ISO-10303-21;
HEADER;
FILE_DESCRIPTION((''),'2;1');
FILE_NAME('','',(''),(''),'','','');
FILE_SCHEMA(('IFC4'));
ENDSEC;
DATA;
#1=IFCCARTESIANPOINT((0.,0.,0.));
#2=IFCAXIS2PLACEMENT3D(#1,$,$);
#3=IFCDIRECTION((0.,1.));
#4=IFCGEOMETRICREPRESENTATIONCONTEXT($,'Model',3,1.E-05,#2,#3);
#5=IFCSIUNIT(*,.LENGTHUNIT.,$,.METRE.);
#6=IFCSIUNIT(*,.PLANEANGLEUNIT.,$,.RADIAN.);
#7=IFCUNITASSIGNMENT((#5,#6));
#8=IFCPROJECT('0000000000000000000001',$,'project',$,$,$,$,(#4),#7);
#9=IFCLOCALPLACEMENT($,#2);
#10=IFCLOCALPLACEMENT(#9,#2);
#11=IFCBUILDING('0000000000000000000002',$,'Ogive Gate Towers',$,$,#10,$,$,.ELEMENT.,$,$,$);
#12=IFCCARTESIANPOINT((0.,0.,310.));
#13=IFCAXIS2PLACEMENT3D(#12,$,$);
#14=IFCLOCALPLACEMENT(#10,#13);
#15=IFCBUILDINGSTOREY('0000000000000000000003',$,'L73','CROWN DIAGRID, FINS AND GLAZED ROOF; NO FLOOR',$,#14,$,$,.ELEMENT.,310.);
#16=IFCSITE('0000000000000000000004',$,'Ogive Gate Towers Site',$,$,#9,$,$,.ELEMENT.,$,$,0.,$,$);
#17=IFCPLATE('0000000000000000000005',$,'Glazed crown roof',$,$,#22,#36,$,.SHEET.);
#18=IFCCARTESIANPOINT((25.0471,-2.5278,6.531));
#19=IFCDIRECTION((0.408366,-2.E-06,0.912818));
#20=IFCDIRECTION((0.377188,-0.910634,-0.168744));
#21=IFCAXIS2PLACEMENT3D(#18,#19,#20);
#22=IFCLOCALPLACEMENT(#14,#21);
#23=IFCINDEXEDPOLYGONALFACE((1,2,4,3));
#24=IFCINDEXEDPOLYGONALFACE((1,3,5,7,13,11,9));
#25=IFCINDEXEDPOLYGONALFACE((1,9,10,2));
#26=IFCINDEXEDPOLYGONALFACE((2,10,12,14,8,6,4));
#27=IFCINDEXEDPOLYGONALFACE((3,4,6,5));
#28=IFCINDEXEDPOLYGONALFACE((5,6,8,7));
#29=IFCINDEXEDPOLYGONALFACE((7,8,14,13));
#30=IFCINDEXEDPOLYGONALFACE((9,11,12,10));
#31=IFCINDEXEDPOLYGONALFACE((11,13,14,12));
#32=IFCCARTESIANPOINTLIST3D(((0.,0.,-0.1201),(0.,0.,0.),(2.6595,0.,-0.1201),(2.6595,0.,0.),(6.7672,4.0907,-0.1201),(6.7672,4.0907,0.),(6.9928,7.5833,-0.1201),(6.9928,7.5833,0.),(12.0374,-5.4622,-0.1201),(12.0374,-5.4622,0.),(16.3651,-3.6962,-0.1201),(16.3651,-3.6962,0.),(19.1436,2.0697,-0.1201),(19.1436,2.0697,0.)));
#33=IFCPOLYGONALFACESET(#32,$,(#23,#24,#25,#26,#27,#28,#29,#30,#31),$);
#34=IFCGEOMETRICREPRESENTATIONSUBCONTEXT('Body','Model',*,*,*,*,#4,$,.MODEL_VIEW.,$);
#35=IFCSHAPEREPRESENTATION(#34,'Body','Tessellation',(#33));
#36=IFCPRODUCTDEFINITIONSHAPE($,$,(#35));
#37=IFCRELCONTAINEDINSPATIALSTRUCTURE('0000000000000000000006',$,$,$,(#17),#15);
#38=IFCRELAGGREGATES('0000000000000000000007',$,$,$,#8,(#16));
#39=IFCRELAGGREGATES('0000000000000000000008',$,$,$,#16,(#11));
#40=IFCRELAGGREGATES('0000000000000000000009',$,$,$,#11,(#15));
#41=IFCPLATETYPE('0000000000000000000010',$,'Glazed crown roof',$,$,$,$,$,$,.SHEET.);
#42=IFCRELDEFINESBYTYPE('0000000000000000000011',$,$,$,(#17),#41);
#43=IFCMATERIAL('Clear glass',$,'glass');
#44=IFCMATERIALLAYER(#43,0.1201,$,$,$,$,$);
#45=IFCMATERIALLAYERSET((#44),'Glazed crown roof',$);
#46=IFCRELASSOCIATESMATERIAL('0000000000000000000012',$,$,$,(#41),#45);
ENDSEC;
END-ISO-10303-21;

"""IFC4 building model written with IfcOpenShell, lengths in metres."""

from ifc_helpers import new_model, si_unit, direction, frame, origin, place, context, subcontext, project, spatial, polyline, outline, extrude, material, layer, layer_set, type_object, element, save


model = new_model("IFC4")

# Units and contexts
model_context = context("Model", 3, precision=1e-05, world=origin(), true_north=direction((0.0, 1.0)))
body_context = subcontext(model_context, "Body", "Model", "MODEL_VIEW")
ifc_project = project(units=[si_unit("LENGTHUNIT", "METRE"), si_unit("PLANEANGLEUNIT", "RADIAN")], contexts=[model_context])

# Site, building, storey
site_placement = place(None, origin())
site = spatial("IfcSite", under=ifc_project, at=site_placement, Name="Ogive Gate Towers Site", CompositionType="ELEMENT", RefElevation=0.0)
building_placement = place(site_placement, origin())
building = spatial("IfcBuilding", under=site, at=building_placement, Name="Ogive Gate Towers", CompositionType="ELEMENT")
storey_placement = place(building_placement, frame((0.0, 0.0, 310.0)))
storey = spatial("IfcBuildingStorey", under=building, at=storey_placement, Name="L73", Description="CROWN DIAGRID, FINS AND GLAZED ROOF; NO FLOOR", CompositionType="ELEMENT", Elevation=310.0)

# Plate
ifc_material_1 = material(Name="Clear glass", Category="glass")
ifc_layer_1 = layer(ifc_material_1, 0.1201)
ifc_layer_set_1 = layer_set([ifc_layer_1], Name="Glazed crown roof")
plate_type_1 = type_object("IfcPlateType", Name="Glazed crown roof", PredefinedType="SHEET", material=ifc_layer_set_1)
plate_1_placement = place(storey_placement, frame((25.0471, -2.5278, 6.531), z_axis=(0.408366, -0.000002, 0.912818), x_axis=(0.377188, -0.910634, -0.168744)))
element("IfcPlate", 1, at=plate_1_placement, inside=storey, type_object=plate_type_1, Name="Glazed crown roof", PredefinedType="SHEET", context=body_context, shape_type="SweptSolid", body=[
    extrude(outline(polyline([(0.0, 0.0), (2.6595, 0.0), (6.7672, 4.0907), (6.9928, 7.5833), (19.1436, 2.0697), (16.3651, -3.6962), (12.0374, -5.4622), (0.0, 0.0)])), origin(), (0.0, 0.0, -1.0), 0.1201),
])

save(model, "model.ifc")
